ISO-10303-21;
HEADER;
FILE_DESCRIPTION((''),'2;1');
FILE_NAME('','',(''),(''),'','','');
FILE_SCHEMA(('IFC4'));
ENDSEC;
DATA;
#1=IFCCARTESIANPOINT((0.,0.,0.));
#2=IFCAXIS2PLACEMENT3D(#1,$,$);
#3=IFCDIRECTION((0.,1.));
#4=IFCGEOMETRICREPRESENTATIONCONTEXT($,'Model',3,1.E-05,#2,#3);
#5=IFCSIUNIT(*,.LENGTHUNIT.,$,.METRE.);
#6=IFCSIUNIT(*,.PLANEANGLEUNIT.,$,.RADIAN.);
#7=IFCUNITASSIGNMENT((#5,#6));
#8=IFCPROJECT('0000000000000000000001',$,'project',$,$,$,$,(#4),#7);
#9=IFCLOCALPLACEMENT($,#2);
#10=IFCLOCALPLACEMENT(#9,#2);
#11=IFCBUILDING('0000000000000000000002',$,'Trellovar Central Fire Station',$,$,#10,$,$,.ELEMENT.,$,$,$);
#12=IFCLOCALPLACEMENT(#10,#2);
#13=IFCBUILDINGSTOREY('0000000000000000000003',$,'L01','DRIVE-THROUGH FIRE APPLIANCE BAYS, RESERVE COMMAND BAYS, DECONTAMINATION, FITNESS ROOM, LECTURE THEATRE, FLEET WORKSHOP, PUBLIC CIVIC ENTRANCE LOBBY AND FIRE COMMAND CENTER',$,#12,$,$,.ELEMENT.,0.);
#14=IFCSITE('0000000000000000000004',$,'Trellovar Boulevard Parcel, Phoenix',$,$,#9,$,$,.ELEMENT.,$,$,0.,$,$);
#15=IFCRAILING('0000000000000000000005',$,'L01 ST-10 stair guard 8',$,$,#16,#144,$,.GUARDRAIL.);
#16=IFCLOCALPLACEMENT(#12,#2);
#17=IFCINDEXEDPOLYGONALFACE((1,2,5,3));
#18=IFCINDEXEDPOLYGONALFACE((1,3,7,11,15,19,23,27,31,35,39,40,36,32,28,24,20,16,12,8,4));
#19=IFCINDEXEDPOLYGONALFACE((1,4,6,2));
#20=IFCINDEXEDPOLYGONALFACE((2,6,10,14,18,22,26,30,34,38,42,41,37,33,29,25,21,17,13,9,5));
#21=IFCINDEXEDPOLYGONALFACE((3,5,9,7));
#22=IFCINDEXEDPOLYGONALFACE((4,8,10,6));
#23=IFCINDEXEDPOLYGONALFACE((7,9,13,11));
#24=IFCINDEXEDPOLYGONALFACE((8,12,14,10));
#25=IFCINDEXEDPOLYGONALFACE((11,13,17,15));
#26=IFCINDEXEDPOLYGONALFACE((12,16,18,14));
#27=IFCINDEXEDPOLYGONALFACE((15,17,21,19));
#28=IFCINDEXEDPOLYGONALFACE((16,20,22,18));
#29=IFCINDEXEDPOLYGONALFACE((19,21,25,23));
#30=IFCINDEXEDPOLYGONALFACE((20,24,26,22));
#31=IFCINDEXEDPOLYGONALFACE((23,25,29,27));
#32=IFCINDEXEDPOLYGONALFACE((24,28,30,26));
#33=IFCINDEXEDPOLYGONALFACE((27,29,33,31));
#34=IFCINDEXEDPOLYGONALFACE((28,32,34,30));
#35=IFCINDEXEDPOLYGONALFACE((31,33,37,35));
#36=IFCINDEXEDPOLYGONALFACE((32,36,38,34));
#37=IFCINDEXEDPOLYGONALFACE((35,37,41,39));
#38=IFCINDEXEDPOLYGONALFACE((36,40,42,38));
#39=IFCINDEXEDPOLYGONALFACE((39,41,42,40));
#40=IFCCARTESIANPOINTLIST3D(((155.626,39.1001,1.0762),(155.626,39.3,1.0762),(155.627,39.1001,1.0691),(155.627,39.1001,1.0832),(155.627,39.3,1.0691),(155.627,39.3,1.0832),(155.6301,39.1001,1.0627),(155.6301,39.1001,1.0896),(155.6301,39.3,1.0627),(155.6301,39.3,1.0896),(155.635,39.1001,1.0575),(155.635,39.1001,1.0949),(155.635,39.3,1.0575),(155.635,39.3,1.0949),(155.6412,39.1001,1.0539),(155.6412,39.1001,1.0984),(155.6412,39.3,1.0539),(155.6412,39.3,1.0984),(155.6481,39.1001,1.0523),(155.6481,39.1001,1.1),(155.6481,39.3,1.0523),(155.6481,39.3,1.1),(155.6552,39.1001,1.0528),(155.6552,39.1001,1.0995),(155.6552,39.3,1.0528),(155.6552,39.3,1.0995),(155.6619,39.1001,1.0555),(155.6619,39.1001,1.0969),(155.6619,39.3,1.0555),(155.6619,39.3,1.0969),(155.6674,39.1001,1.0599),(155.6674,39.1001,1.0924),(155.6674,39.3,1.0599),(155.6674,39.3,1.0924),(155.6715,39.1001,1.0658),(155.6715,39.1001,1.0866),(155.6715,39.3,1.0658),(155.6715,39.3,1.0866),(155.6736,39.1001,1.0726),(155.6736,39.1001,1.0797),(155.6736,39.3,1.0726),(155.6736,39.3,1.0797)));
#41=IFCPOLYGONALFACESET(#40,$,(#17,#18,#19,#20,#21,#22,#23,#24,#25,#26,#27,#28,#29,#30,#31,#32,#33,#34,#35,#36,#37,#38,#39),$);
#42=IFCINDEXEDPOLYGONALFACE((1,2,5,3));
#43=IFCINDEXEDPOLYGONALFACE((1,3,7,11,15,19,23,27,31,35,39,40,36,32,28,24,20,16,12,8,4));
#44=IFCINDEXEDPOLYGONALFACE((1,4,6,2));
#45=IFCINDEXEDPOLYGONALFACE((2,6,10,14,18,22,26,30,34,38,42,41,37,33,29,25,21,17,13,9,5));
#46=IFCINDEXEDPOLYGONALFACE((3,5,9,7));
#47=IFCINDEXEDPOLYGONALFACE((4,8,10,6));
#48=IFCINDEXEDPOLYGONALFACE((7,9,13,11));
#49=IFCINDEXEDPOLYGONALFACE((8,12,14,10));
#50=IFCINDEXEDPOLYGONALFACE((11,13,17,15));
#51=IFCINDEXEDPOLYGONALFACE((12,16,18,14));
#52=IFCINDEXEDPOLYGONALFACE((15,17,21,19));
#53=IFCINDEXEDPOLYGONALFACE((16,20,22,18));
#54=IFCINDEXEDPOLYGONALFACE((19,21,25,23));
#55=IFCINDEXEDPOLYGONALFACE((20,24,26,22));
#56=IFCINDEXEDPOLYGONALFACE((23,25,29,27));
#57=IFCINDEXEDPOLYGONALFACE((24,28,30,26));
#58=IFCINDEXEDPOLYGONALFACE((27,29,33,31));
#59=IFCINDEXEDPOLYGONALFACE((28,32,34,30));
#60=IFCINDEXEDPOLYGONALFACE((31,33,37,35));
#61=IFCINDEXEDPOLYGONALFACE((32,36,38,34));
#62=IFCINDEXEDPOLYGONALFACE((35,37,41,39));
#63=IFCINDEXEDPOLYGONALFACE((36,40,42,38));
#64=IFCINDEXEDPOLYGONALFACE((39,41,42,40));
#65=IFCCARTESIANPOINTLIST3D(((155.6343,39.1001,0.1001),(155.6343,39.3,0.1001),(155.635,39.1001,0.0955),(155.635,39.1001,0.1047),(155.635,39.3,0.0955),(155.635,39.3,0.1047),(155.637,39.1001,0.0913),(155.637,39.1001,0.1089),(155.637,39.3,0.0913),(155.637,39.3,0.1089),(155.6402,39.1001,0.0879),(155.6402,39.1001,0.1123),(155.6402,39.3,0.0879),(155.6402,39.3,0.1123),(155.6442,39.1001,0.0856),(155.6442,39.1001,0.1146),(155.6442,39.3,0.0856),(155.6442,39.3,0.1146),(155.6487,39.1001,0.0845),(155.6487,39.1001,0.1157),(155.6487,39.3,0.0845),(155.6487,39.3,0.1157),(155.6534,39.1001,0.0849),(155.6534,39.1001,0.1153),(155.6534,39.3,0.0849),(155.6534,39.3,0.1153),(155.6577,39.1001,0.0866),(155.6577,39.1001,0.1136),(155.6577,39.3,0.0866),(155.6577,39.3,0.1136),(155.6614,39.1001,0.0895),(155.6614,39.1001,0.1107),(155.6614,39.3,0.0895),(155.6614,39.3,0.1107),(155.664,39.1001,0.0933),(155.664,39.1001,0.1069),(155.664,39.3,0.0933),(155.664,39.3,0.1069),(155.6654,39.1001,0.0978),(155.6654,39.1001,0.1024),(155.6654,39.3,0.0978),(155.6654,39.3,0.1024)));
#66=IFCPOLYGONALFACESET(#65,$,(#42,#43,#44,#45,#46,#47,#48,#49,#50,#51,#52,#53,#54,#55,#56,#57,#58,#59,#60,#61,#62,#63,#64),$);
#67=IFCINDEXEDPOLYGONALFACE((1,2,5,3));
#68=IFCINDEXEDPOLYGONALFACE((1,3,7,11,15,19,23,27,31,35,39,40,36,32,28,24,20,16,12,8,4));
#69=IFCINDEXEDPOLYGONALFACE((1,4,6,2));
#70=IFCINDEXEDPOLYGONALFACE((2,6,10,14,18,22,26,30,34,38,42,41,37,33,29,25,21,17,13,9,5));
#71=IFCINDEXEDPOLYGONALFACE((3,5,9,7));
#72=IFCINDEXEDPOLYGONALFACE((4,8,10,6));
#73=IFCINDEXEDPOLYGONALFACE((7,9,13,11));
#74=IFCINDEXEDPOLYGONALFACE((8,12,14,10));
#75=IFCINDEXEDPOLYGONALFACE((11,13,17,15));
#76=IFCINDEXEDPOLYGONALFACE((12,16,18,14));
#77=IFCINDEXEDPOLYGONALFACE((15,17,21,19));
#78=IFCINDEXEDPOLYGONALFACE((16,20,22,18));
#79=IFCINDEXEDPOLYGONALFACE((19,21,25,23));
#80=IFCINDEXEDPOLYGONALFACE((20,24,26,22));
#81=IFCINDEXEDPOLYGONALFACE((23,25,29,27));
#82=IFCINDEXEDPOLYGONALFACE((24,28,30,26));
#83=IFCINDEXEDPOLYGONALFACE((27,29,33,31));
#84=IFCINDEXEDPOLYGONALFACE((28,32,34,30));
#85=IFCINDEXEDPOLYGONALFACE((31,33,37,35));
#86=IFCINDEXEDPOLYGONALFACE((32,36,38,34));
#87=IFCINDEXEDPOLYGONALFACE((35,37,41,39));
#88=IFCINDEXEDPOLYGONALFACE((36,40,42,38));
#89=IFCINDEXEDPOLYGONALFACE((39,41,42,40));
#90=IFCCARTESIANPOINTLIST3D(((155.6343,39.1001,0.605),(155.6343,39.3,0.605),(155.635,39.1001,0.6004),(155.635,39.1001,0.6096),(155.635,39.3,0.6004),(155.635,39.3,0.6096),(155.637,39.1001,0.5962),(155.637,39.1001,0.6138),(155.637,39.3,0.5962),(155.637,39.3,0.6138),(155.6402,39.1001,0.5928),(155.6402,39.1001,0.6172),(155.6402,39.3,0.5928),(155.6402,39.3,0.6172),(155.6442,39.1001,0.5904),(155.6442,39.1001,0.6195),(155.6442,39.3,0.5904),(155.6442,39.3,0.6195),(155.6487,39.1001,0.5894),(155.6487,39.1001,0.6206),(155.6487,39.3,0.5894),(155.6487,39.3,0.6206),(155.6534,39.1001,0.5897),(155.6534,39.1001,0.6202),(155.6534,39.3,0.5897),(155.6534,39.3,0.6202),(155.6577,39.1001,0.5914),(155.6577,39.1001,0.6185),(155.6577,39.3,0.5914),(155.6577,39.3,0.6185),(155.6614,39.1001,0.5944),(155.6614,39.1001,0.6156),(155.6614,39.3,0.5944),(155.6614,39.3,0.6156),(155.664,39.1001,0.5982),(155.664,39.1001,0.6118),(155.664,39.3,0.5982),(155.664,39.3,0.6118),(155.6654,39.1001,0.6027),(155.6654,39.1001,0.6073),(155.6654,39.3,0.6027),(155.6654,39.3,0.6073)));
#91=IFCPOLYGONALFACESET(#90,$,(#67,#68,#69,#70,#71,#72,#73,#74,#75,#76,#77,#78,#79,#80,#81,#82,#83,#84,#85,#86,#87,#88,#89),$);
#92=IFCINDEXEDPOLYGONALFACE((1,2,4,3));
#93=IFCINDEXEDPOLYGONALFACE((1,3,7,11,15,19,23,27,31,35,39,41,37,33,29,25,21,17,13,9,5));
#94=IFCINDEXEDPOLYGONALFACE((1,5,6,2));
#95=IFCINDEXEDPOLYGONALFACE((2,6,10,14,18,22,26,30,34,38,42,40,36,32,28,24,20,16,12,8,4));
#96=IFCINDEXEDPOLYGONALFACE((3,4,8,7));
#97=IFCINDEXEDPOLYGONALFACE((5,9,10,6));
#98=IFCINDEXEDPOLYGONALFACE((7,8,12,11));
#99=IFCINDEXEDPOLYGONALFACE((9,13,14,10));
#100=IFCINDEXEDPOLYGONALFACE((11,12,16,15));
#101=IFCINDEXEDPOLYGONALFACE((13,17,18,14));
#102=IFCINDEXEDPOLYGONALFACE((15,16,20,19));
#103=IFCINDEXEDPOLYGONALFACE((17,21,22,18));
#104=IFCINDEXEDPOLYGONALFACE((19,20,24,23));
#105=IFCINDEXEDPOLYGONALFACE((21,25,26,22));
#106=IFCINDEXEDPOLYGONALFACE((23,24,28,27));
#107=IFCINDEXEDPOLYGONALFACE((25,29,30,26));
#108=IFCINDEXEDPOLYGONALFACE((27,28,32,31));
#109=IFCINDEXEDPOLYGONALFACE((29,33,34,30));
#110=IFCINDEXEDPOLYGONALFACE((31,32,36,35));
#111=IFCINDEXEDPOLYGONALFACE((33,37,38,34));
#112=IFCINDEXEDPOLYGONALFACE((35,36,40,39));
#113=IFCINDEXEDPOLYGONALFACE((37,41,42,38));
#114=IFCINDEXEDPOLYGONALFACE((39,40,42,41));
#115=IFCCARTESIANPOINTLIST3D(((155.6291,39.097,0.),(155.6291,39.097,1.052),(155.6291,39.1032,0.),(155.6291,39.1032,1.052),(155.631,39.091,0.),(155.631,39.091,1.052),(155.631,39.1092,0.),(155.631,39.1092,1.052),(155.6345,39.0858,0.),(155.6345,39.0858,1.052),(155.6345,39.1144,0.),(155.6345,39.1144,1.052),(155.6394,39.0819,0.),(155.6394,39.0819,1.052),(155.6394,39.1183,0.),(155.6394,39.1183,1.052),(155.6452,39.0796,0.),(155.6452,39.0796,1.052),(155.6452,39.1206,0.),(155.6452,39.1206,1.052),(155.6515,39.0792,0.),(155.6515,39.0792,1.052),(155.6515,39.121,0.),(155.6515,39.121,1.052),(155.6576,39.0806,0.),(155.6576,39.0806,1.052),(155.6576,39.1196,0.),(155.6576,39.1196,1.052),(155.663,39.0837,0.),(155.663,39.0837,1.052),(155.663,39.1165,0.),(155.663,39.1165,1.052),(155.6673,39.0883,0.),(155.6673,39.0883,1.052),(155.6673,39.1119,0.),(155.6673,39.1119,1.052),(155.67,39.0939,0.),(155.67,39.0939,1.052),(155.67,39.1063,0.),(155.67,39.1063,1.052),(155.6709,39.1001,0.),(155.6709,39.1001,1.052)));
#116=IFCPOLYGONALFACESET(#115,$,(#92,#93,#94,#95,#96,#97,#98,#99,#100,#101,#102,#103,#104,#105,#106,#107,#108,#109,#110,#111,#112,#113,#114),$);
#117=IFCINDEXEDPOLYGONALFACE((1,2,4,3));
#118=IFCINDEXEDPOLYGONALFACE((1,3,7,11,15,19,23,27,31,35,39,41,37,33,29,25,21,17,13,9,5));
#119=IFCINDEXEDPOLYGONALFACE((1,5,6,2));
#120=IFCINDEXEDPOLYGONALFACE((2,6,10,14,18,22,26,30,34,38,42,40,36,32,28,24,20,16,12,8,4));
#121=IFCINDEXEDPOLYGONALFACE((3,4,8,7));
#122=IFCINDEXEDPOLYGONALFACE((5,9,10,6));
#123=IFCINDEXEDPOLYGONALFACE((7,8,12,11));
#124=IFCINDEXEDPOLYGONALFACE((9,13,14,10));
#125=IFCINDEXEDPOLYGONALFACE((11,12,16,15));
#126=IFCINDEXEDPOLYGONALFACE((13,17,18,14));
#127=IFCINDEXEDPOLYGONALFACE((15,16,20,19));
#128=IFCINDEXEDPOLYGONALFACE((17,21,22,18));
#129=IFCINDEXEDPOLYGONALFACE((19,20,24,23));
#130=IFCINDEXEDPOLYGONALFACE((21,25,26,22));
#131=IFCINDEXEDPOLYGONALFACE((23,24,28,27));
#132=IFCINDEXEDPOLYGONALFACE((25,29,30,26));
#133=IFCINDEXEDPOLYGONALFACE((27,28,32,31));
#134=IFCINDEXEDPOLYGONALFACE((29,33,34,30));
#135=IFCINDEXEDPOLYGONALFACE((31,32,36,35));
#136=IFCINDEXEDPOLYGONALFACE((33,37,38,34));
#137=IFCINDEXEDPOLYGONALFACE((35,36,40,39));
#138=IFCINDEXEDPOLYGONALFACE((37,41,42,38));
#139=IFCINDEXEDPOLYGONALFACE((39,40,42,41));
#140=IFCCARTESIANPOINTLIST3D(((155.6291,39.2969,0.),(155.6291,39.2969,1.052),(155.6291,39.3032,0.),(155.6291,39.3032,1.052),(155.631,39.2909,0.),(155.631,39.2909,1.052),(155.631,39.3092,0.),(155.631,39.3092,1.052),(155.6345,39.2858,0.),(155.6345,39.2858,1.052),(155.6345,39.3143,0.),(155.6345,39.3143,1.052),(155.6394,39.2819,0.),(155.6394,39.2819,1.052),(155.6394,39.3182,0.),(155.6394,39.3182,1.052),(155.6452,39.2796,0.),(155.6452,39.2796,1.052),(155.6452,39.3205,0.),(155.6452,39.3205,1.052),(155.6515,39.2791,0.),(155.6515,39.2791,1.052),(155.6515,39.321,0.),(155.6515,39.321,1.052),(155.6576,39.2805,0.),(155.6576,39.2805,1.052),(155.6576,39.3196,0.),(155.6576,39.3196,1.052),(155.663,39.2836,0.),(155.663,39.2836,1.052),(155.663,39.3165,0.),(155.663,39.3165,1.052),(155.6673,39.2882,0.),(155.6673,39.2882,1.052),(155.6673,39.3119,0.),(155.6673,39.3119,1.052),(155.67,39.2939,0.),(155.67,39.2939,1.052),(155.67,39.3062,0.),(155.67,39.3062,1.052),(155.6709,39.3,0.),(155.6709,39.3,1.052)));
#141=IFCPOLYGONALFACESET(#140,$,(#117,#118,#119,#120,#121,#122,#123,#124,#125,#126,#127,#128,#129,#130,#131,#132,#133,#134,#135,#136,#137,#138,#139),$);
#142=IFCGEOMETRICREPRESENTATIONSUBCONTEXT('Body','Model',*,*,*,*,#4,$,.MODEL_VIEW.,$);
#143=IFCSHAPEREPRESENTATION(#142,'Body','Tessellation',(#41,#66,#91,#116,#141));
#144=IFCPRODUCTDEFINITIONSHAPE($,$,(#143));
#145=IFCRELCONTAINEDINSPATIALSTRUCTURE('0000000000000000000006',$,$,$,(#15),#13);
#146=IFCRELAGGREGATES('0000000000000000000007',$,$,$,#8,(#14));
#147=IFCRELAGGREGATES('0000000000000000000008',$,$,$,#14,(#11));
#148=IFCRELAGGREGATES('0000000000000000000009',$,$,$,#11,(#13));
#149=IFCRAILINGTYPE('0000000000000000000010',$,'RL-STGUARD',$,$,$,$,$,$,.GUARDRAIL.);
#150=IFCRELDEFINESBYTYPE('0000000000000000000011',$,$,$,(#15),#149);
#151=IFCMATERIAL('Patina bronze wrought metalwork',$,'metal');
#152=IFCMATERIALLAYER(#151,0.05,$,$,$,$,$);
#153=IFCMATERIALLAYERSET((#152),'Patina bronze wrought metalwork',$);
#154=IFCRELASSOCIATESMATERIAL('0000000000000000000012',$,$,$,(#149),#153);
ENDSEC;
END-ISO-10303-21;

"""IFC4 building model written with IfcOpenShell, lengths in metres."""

from ifc_helpers import new_model, si_unit, direction, frame, origin, origin_2d, place, context, subcontext, project, spatial, circle, extrude, material, layer, layer_set, type_object, element, save


model = new_model("IFC4")

# Units and contexts
model_context = context("Model", 3, precision=1e-05, world=origin(), true_north=direction((0.0, 1.0)))
body_context = subcontext(model_context, "Body", "Model", "MODEL_VIEW")
ifc_project = project(units=[si_unit("LENGTHUNIT", "METRE"), si_unit("PLANEANGLEUNIT", "RADIAN")], contexts=[model_context])

# Site, building, storey
site_placement = place(None, origin())
site = spatial("IfcSite", under=ifc_project, at=site_placement, Name="Trellovar Boulevard Parcel, Phoenix", CompositionType="ELEMENT", RefElevation=0.0)
building_placement = place(site_placement, origin())
building = spatial("IfcBuilding", under=site, at=building_placement, Name="Trellovar Central Fire Station", CompositionType="ELEMENT")
storey_placement = place(building_placement, origin())
storey = spatial("IfcBuildingStorey", under=building, at=storey_placement, Name="L01", Description="DRIVE-THROUGH FIRE APPLIANCE BAYS, RESERVE COMMAND BAYS, DECONTAMINATION, FITNESS ROOM, LECTURE THEATRE, FLEET WORKSHOP, PUBLIC CIVIC ENTRANCE LOBBY AND FIRE COMMAND CENTER", CompositionType="ELEMENT", Elevation=0.0)

# Railing
ifc_material_1 = material(Name="Patina bronze wrought metalwork", Category="metal")
ifc_layer_1 = layer(ifc_material_1, 0.05)
ifc_layer_set_1 = layer_set([ifc_layer_1], Name="Patina bronze wrought metalwork")
railing_type_1 = type_object("IfcRailingType", Name="RL-STGUARD", PredefinedType="GUARDRAIL", material=ifc_layer_set_1)
for number, where, name in (
    (1, (155.6499, 39.1001, 0.0), "L01 ST-10 stair guard 8"),
):
    element("IfcRailing", number, at=place(storey_placement, frame(where)), inside=storey, type_object=railing_type_1, Name=name, PredefinedType="GUARDRAIL", context=body_context, shape_type="SweptSolid", body=[
        extrude(circle(Radius=0.0239, at=origin_2d()), frame((0.0, 0.0, 1.0762), z_axis=(0.0, 1.0, 0.0), x_axis=(-1.0, 0.0, 0.0)), (0.0, 0.0, 1.0), 0.2),
        extrude(circle(Radius=0.0156, at=origin_2d()), frame((0.0, 0.0, 0.1001), z_axis=(0.0, 1.0, 0.0), x_axis=(-1.0, 0.0, 0.0)), (0.0, 0.0, 1.0), 0.2),
        extrude(circle(Radius=0.0156, at=origin_2d()), frame((0.0, 0.0, 0.605), z_axis=(0.0, 1.0, 0.0), x_axis=(-1.0, 0.0, 0.0)), (0.0, 0.0, 1.0), 0.2),
        extrude(circle(Radius=0.021, at=origin_2d()), origin(), (0.0, 0.0, 1.0), 1.052),
        extrude(circle(Radius=0.021, at=origin_2d()), frame((0.0, 0.2, 0.0)), (0.0, 0.0, 1.0), 1.052),
    ])

save(model, "model.ifc")
